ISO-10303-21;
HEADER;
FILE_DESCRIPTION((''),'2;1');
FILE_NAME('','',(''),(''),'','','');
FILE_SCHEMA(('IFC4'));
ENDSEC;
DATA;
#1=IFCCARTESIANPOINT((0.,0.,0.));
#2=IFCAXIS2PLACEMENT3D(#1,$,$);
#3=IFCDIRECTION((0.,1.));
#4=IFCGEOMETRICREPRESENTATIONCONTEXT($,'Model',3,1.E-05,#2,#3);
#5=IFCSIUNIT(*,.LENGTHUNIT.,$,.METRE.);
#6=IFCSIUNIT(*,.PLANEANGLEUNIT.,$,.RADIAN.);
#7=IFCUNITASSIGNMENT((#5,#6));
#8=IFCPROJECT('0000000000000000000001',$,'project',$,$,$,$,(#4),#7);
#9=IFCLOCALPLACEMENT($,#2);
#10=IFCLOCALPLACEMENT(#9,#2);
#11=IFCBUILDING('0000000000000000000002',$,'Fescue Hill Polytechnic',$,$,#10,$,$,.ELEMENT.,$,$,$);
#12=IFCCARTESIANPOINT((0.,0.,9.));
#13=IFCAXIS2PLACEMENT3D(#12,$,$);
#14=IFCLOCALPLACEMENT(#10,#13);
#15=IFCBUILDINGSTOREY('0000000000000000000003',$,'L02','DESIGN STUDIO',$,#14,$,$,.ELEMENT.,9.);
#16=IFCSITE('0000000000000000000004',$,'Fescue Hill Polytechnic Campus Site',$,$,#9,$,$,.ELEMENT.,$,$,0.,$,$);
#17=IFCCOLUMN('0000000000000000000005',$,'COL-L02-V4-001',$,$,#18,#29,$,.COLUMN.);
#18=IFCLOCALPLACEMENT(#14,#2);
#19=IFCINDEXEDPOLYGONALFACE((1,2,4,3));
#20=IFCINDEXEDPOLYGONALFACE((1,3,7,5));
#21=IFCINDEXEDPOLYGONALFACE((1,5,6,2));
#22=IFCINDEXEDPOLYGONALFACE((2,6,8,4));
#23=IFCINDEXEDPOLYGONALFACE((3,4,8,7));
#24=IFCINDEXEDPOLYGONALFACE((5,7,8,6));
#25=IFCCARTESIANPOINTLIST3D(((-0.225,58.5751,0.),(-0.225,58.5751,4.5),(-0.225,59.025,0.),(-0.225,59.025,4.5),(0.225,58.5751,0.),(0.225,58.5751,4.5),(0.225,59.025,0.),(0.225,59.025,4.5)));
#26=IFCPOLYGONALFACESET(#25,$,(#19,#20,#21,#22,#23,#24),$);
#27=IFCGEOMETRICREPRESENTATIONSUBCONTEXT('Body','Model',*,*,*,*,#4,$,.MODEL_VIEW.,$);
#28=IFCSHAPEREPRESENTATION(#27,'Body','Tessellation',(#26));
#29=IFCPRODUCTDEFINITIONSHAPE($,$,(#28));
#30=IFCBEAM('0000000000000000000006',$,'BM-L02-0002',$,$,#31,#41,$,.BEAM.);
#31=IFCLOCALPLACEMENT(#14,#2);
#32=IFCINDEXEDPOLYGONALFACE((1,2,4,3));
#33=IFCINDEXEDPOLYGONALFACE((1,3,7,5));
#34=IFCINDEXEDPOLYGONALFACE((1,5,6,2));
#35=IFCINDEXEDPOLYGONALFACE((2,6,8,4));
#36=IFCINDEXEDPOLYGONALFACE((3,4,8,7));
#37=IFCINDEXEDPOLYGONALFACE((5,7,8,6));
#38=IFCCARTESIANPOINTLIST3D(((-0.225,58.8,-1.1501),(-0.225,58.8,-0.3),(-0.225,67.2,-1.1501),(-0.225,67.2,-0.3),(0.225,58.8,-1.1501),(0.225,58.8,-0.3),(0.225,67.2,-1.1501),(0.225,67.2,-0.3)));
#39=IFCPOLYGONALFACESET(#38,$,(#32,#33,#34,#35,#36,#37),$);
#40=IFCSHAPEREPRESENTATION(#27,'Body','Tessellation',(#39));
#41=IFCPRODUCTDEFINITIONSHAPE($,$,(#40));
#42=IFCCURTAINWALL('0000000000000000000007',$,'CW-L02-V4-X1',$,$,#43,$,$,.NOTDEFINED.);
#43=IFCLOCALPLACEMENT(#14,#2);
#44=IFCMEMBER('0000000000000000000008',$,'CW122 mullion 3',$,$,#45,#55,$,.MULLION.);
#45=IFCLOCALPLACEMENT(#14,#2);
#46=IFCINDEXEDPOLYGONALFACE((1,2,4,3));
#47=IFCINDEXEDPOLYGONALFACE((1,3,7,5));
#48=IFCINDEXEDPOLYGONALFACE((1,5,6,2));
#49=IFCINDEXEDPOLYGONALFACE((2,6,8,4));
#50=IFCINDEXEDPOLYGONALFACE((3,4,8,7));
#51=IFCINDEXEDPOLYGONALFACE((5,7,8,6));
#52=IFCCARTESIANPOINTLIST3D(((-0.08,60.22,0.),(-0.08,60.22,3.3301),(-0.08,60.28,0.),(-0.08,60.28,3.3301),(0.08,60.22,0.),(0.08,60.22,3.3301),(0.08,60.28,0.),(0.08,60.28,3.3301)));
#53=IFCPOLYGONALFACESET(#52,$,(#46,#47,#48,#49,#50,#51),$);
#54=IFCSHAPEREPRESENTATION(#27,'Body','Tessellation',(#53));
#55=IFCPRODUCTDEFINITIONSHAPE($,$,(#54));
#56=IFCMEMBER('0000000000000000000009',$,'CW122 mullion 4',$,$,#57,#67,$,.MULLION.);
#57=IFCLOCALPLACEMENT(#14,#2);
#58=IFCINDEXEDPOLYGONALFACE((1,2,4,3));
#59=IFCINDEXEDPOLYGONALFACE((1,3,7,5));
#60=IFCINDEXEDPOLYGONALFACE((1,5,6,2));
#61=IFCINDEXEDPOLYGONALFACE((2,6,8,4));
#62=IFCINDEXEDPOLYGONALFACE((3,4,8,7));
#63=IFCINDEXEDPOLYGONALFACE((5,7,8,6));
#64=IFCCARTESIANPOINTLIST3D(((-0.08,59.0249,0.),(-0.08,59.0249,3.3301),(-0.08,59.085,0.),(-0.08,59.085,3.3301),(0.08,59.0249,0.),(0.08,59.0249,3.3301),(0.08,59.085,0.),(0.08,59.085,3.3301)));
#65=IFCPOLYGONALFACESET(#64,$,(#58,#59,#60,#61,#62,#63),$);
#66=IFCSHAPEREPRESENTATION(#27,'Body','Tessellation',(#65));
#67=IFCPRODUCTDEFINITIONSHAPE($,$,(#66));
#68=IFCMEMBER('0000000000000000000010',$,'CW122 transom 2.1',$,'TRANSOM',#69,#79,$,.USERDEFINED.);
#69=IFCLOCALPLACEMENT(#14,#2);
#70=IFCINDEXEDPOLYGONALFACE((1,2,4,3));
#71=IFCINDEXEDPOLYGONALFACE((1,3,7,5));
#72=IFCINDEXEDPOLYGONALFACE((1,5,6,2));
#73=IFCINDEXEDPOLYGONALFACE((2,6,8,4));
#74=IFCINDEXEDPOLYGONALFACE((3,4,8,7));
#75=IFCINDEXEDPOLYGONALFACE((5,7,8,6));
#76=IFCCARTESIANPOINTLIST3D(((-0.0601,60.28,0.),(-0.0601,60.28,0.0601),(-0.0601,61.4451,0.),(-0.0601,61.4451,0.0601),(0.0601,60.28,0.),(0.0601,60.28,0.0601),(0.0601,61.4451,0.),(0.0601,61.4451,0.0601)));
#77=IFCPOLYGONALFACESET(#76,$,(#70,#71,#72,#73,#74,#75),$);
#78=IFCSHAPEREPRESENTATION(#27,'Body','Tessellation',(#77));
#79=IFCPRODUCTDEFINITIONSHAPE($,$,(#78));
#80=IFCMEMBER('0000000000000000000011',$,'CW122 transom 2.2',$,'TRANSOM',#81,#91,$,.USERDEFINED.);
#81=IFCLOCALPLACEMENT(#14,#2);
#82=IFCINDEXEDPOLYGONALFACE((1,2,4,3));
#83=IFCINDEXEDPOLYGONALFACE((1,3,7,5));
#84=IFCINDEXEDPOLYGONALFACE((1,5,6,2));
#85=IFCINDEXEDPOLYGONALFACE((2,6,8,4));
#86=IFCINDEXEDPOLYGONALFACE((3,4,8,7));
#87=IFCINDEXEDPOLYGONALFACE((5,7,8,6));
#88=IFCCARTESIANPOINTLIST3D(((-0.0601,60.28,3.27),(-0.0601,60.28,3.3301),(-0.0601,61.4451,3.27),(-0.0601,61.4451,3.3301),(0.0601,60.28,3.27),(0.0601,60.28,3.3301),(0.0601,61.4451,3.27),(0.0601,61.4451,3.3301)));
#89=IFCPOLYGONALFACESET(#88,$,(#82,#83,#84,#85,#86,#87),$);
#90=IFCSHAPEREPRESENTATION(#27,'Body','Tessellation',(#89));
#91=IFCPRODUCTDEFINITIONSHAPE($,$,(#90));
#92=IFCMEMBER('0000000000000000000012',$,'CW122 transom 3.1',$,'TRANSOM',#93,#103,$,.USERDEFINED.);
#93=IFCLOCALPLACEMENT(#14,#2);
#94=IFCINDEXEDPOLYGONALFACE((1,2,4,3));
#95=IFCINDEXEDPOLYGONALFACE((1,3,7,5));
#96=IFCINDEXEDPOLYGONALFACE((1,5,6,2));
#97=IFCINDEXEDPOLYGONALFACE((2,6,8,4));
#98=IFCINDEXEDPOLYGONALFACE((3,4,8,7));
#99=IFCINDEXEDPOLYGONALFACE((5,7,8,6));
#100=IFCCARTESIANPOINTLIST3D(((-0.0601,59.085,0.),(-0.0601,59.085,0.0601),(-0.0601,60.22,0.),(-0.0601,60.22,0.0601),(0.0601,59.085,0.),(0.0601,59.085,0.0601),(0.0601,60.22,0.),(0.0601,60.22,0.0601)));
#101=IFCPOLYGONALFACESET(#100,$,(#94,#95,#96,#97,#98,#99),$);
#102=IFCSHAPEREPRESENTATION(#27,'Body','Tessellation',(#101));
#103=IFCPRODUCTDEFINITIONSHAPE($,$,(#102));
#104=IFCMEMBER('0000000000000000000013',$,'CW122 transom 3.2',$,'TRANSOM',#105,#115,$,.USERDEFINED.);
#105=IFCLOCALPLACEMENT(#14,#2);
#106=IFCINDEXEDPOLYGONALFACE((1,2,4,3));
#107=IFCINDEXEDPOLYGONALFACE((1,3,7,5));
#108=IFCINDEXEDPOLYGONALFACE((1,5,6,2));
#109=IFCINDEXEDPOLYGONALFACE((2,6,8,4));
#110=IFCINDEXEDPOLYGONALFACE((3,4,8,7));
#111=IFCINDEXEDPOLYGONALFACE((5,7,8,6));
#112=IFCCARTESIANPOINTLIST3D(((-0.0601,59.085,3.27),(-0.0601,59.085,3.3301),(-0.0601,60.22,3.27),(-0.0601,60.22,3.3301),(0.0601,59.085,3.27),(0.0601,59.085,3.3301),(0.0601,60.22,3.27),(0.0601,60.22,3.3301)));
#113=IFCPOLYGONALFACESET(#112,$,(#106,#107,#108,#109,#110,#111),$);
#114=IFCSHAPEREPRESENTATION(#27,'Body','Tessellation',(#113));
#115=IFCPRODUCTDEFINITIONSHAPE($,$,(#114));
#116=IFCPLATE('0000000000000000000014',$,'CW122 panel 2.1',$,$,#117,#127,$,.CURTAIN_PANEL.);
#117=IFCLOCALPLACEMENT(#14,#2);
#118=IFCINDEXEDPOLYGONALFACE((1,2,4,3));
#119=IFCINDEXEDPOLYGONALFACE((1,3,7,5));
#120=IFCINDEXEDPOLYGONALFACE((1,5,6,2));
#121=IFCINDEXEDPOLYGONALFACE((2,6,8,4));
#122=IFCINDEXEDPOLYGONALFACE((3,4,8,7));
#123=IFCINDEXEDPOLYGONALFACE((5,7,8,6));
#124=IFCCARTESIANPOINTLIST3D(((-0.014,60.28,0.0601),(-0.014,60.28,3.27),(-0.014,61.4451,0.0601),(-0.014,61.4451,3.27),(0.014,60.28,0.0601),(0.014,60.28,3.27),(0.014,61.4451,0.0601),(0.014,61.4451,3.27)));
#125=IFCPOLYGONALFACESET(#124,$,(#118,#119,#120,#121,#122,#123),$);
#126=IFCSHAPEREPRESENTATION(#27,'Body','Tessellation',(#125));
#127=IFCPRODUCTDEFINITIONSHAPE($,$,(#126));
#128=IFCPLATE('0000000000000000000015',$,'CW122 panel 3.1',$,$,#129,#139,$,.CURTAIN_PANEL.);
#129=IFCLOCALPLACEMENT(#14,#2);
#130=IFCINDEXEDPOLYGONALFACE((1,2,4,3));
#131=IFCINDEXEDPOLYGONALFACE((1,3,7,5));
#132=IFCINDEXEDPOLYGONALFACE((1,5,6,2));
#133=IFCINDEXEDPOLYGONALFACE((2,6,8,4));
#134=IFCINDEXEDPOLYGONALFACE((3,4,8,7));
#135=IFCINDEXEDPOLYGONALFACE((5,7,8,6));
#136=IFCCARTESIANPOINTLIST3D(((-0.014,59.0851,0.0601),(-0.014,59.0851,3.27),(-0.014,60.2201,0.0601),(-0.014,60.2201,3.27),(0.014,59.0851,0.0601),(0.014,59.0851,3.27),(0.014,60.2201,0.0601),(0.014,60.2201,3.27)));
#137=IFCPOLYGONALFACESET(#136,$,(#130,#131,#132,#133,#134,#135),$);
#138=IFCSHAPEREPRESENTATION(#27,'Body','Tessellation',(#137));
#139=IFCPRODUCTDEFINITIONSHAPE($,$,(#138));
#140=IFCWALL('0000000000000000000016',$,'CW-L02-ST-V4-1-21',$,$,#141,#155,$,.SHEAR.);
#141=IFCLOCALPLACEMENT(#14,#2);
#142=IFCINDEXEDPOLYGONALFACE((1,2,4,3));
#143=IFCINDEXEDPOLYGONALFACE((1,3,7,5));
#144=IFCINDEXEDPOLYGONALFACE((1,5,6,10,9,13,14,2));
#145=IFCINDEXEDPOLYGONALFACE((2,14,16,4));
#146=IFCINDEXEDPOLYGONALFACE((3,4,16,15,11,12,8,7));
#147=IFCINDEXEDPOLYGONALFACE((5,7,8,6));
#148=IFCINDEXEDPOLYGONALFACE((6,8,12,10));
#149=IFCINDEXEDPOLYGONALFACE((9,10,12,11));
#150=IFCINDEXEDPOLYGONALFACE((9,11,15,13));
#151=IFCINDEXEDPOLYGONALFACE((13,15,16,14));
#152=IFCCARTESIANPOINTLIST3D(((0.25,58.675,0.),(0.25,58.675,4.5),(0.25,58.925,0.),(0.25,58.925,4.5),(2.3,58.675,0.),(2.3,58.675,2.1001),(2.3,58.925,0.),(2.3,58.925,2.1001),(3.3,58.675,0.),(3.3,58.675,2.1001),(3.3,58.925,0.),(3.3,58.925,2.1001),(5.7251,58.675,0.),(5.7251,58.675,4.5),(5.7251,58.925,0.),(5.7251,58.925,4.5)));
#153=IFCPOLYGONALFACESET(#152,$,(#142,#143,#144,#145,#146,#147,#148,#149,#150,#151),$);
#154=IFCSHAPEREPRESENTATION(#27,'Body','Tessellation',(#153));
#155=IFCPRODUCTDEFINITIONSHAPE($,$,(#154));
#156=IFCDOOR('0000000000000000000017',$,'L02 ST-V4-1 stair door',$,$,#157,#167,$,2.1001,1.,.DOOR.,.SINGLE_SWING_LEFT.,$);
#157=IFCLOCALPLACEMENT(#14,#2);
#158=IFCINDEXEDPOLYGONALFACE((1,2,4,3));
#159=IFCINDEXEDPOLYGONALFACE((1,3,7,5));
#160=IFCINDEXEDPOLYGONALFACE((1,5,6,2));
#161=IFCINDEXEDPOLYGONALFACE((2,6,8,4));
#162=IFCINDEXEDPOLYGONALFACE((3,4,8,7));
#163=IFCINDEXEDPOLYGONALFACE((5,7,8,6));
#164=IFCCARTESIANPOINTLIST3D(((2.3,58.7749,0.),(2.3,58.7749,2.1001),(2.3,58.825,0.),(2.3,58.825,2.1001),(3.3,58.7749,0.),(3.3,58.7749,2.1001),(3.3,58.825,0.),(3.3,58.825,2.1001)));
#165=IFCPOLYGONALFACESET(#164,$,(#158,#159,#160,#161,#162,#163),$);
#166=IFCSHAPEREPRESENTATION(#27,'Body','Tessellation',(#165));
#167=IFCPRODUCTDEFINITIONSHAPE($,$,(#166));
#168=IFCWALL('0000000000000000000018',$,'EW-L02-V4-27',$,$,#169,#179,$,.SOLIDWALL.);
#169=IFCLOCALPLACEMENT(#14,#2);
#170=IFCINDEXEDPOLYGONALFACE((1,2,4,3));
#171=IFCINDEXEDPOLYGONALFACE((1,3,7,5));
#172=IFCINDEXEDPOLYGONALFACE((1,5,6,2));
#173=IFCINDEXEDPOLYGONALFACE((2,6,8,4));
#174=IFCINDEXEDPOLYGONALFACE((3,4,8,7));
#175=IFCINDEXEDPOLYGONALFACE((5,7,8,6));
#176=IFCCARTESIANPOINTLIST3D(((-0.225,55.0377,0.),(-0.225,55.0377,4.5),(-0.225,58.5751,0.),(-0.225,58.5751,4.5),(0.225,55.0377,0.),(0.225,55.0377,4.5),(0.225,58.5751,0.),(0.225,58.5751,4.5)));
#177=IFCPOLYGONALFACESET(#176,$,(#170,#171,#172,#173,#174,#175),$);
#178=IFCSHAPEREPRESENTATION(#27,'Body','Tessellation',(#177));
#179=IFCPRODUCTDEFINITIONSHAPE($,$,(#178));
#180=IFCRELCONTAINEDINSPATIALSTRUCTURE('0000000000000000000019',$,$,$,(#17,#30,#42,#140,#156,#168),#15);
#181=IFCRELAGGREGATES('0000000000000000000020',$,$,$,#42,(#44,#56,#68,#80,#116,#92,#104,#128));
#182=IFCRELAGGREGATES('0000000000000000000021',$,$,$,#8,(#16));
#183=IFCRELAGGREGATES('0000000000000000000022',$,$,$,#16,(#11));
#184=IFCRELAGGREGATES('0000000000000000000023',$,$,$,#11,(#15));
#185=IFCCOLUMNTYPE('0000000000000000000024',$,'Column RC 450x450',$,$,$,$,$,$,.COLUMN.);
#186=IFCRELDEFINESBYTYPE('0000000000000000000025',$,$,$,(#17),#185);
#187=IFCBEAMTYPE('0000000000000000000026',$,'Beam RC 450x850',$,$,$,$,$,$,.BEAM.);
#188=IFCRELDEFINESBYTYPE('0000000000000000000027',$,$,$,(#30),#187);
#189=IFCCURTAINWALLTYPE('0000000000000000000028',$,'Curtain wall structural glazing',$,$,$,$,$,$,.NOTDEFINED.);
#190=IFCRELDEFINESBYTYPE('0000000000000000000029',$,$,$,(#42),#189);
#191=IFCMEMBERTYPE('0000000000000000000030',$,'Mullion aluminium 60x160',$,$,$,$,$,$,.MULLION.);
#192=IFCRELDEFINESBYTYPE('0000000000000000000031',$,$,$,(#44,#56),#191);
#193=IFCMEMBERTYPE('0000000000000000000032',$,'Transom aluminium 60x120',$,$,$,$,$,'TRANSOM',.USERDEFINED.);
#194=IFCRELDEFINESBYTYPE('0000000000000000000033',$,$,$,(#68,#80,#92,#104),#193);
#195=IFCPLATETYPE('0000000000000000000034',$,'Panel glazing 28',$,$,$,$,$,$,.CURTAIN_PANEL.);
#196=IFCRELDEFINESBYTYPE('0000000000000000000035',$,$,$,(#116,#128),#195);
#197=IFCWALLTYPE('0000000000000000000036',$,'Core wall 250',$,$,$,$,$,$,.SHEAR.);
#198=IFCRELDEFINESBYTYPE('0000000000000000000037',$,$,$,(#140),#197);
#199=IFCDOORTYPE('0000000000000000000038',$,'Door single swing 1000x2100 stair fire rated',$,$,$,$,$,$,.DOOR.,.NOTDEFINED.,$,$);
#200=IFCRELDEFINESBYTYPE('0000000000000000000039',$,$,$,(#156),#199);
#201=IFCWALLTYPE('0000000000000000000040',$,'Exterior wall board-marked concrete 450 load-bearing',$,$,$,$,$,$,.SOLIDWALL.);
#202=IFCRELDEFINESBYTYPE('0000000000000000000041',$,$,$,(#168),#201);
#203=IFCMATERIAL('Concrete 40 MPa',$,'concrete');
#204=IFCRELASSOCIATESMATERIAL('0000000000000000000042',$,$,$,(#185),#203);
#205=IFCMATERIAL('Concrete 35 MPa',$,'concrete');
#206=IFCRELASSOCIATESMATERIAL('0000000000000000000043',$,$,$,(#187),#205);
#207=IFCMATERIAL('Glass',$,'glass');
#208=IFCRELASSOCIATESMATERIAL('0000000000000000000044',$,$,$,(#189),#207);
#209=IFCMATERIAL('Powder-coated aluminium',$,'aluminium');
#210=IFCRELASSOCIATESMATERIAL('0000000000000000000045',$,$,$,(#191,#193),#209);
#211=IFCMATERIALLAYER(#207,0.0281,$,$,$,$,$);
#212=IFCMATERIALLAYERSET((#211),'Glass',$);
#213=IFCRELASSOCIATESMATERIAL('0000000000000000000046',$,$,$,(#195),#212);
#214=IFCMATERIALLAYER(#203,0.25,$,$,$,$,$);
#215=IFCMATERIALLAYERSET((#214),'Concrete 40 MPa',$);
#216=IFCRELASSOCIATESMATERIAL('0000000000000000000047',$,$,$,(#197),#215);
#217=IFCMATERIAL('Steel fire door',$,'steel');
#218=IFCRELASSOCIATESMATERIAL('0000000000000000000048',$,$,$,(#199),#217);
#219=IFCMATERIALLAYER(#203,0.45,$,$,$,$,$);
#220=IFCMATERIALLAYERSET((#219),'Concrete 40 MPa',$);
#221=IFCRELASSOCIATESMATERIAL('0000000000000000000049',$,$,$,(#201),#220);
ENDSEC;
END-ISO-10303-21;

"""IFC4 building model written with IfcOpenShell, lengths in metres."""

from ifc_helpers import new_model, si_unit, direction, frame, frame_2d, origin, origin_2d, place, context, subcontext, project, spatial, rectangle, extrude, material, layer, layer_set, material_profile, profile_set, type_object, element, fill, aggregate, save


model = new_model("IFC4")

# Units and contexts
model_context = context("Model", 3, precision=1e-05, world=origin(), true_north=direction((0.0, 1.0)))
body_context = subcontext(model_context, "Body", "Model", "MODEL_VIEW")
ifc_project = project(units=[si_unit("LENGTHUNIT", "METRE"), si_unit("PLANEANGLEUNIT", "RADIAN")], contexts=[model_context])

# Site, building, storey
site_placement = place(None, origin())
site = spatial("IfcSite", under=ifc_project, at=site_placement, Name="Fescue Hill Polytechnic Campus Site", CompositionType="ELEMENT", RefElevation=0.0)
building_placement = place(site_placement, origin())
building = spatial("IfcBuilding", under=site, at=building_placement, Name="Fescue Hill Polytechnic", CompositionType="ELEMENT")
storey_placement = place(building_placement, frame((0.0, 0.0, 9.0)))
storey = spatial("IfcBuildingStorey", under=building, at=storey_placement, Name="L02", Description="DESIGN STUDIO", CompositionType="ELEMENT", Elevation=9.0)

# Column
ifc_material_1 = material(Name="Concrete 40 MPa", Category="concrete")
ifc_material_profile_1 = material_profile(ifc_material_1, rectangle(XDim=0.45, YDim=0.45, at=origin_2d()), Name="RC 450x450")
ifc_profile_set_1 = profile_set([ifc_material_profile_1], Name="Concrete 40 MPa")
column_type = type_object("IfcColumnType", Name="Column RC 450x450", PredefinedType="COLUMN", material=ifc_profile_set_1)
column_placement = place(storey_placement, frame((0.0, 58.8, 0.0), z_axis=(0.0, 0.0, 1.0), x_axis=(1.0, 0.0, 0.0)))
element("IfcColumn", 1, at=column_placement, inside=storey, type_object=column_type, Name="COL-L02-V4-001", PredefinedType="COLUMN", context=body_context, shape_type="SweptSolid", body=[
    extrude(rectangle(XDim=0.45, YDim=0.45, at=origin_2d()), origin(), (0.0, 0.0, 1.0), 4.5),
])

# Beam
ifc_material_2 = material(Name="Concrete 35 MPa", Category="concrete")
ifc_material_profile_2 = material_profile(ifc_material_2, rectangle(XDim=0.45, YDim=0.8501, at=origin_2d()), Name="RC 450x850")
ifc_profile_set_2 = profile_set([ifc_material_profile_2], Name="Concrete 35 MPa")
beam_type = type_object("IfcBeamType", Name="Beam RC 450x850", PredefinedType="BEAM", material=ifc_profile_set_2)
beam_placement = place(storey_placement, frame((0.0, 58.8, -0.7251), z_axis=(0.0, 1.0, 0.0), x_axis=(-1.0, 0.0, 0.0)))
element("IfcBeam", 2, at=beam_placement, inside=storey, type_object=beam_type, Name="BM-L02-0002", PredefinedType="BEAM", context=body_context, shape_type="SweptSolid", body=[
    extrude(rectangle(XDim=0.45, YDim=0.8501, at=origin_2d()), origin(), (0.0, 0.0, 1.0), 8.3999),
])

# Curtain wall, members, plates
ifc_material_3 = material(Name="Glass", Category="glass")
curtain_wall_type = type_object("IfcCurtainWallType", Name="Curtain wall structural glazing", PredefinedType="NOTDEFINED", material=ifc_material_3)
curtain_wall_placement = place(storey_placement, origin())
curtain_wall = element("IfcCurtainWall", 3, at=curtain_wall_placement, inside=storey, type_object=curtain_wall_type, Name="CW-L02-V4-X1", PredefinedType="NOTDEFINED")
ifc_material_4 = material(Name="Powder-coated aluminium", Category="aluminium")
ifc_material_profile_3 = material_profile(ifc_material_4, rectangle(XDim=0.1599, YDim=0.0601, at=origin_2d()), Name="Mullion aluminium 60x160")
ifc_profile_set_3 = profile_set([ifc_material_profile_3], Name="Powder-coated aluminium")
member_type_1 = type_object("IfcMemberType", Name="Mullion aluminium 60x160", PredefinedType="MULLION", material=ifc_profile_set_3)
member_1_placement = place(storey_placement, frame((0.0, 60.25, 0.0), z_axis=(0.0, 0.0, 1.0), x_axis=(1.0, 0.0, 0.0)))
member_1 = element("IfcMember", 4, at=member_1_placement, type_object=member_type_1, Name="CW122 mullion 3", PredefinedType="MULLION", context=body_context, shape_type="SweptSolid", body=[
    extrude(rectangle(XDim=0.1599, YDim=0.0601, at=origin_2d()), origin(), (0.0, 0.0, 1.0), 3.3301),
])
member_2_placement = place(storey_placement, frame((0.0, 59.0549, 0.0), z_axis=(0.0, 0.0, 1.0), x_axis=(1.0, 0.0, 0.0)))
member_2 = element("IfcMember", 5, at=member_2_placement, type_object=member_type_1, Name="CW122 mullion 4", PredefinedType="MULLION", context=body_context, shape_type="SweptSolid", body=[
    extrude(rectangle(XDim=0.1599, YDim=0.0601, at=origin_2d()), origin(), (0.0, 0.0, 1.0), 3.3301),
])
ifc_material_profile_4 = material_profile(ifc_material_4, rectangle(XDim=0.1201, YDim=0.0601, at=origin_2d()), Name="Transom aluminium 60x120")
ifc_profile_set_4 = profile_set([ifc_material_profile_4], Name="Powder-coated aluminium")
member_type_2 = type_object("IfcMemberType", Name="Transom aluminium 60x120", ElementType="TRANSOM", PredefinedType="USERDEFINED", material=ifc_profile_set_4)
member_3_placement = place(storey_placement, frame((0.0, 61.4451, 0.03), z_axis=(0.0, -1.0, 0.0), x_axis=(1.0, 0.0, 0.0)))
member_3 = element("IfcMember", 6, at=member_3_placement, type_object=member_type_2, Name="CW122 transom 2.1", ObjectType="TRANSOM", PredefinedType="USERDEFINED", context=body_context, shape_type="SweptSolid", body=[
    extrude(rectangle(XDim=0.1201, YDim=0.0601, at=origin_2d()), origin(), (0.0, 0.0, 1.0), 1.165),
])
member_4_placement = place(storey_placement, frame((0.0, 61.4451, 3.3), z_axis=(0.0, -1.0, 0.0), x_axis=(1.0, 0.0, 0.0)))
member_4 = element("IfcMember", 7, at=member_4_placement, type_object=member_type_2, Name="CW122 transom 2.2", ObjectType="TRANSOM", PredefinedType="USERDEFINED", context=body_context, shape_type="SweptSolid", body=[
    extrude(rectangle(XDim=0.1201, YDim=0.0601, at=origin_2d()), origin(), (0.0, 0.0, 1.0), 1.165),
])
member_5_placement = place(storey_placement, frame((0.0, 60.22, 0.03), z_axis=(0.0, -1.0, 0.0), x_axis=(1.0, 0.0, 0.0)))
member_5 = element("IfcMember", 8, at=member_5_placement, type_object=member_type_2, Name="CW122 transom 3.1", ObjectType="TRANSOM", PredefinedType="USERDEFINED", context=body_context, shape_type="SweptSolid", body=[
    extrude(rectangle(XDim=0.1201, YDim=0.0601, at=origin_2d()), origin(), (0.0, 0.0, 1.0), 1.135),
])
member_6_placement = place(storey_placement, frame((0.0, 60.22, 3.3), z_axis=(0.0, -1.0, 0.0), x_axis=(1.0, 0.0, 0.0)))
member_6 = element("IfcMember", 9, at=member_6_placement, type_object=member_type_2, Name="CW122 transom 3.2", ObjectType="TRANSOM", PredefinedType="USERDEFINED", context=body_context, shape_type="SweptSolid", body=[
    extrude(rectangle(XDim=0.1201, YDim=0.0601, at=origin_2d()), origin(), (0.0, 0.0, 1.0), 1.135),
])
ifc_layer_1 = layer(ifc_material_3, 0.0281)
ifc_layer_set_1 = layer_set([ifc_layer_1], Name="Glass")
plate_type = type_object("IfcPlateType", Name="Panel glazing 28", PredefinedType="CURTAIN_PANEL", material=ifc_layer_set_1)
plate_1_placement = place(storey_placement, frame((0.0, 60.8625, 0.0601), z_axis=(0.0, 0.0, 1.0), x_axis=(0.0, -1.0, 0.0)))
plate_1 = element("IfcPlate", 10, at=plate_1_placement, type_object=plate_type, Name="CW122 panel 2.1", PredefinedType="CURTAIN_PANEL", context=body_context, shape_type="SweptSolid", body=[
    extrude(rectangle(XDim=1.165, YDim=0.0281, at=origin_2d()), origin(), (0.0, 0.0, 1.0), 3.21),
])
plate_2_placement = place(storey_placement, frame((0.0, 59.6526, 0.0601), z_axis=(0.0, 0.0, 1.0), x_axis=(0.0, -1.0, 0.0)))
plate_2 = element("IfcPlate", 11, at=plate_2_placement, type_object=plate_type, Name="CW122 panel 3.1", PredefinedType="CURTAIN_PANEL", context=body_context, shape_type="SweptSolid", body=[
    extrude(rectangle(XDim=1.135, YDim=0.0281, at=origin_2d()), origin(), (0.0, 0.0, 1.0), 3.21),
])
aggregate(curtain_wall, [member_1, member_2, member_3, member_4, plate_1, member_5, member_6, plate_2])

# Wall, opening, door
ifc_layer_2 = layer(ifc_material_1, 0.25)
ifc_layer_set_2 = layer_set([ifc_layer_2], Name="Concrete 40 MPa")
wall_type_1 = type_object("IfcWallType", Name="Core wall 250", PredefinedType="SHEAR", material=ifc_layer_set_2)
wall_1_placement = place(storey_placement, frame((0.25, 58.8, 0.0), z_axis=(0.0, 0.0, 1.0), x_axis=(1.0, 0.0, 0.0)))
wall_1 = element("IfcWall", 12, at=wall_1_placement, inside=storey, type_object=wall_type_1, Name="CW-L02-ST-V4-1-21", PredefinedType="SHEAR", context=body_context, shape_type="SweptSolid", body=[
    extrude(rectangle(XDim=5.4751, YDim=0.25, at=frame_2d((2.7375, 0.0))), origin(), (0.0, 0.0, 1.0), 4.5),
])
opening_placement = place(wall_1_placement, frame((2.05, 0.0, 0.0)))
opening = element("IfcOpeningElement", 13, at=opening_placement, cuts=wall_1, PredefinedType="OPENING", context=body_context, shape_type="SweptSolid", body=[
    extrude(rectangle(XDim=1.0, YDim=2.1001, at=frame_2d((0.5, 1.05))), frame((0.0, 0.135, 0.0), z_axis=(0.0, -1.0, 0.0), x_axis=(1.0, 0.0, 0.0)), (0.0, 0.0, 1.0), 0.27),
])
ifc_material_5 = material(Name="Steel fire door", Category="steel")
door_type = type_object("IfcDoorType", Name="Door single swing 1000x2100 stair fire rated", OperationType="NOTDEFINED", PredefinedType="DOOR", material=ifc_material_5)
door_placement = place(opening_placement, origin())
door = element("IfcDoor", 14, at=door_placement, inside=storey, type_object=door_type, Name="L02 ST-V4-1 stair door", OperationType="SINGLE_SWING_LEFT", OverallHeight=2.1001, OverallWidth=1.0, PredefinedType="DOOR", context=body_context, shape_type="SweptSolid", body=[
    extrude(rectangle(XDim=1.0, YDim=2.1001, at=frame_2d((0.5, 1.05))), frame((0.0, 0.0249, 0.0), z_axis=(0.0, -1.0, 0.0), x_axis=(1.0, 0.0, 0.0)), (0.0, 0.0, 1.0), 0.05),
])
fill(opening, door)

# Wall
ifc_layer_3 = layer(ifc_material_1, 0.45)
ifc_layer_set_3 = layer_set([ifc_layer_3], Name="Concrete 40 MPa")
wall_type_2 = type_object("IfcWallType", Name="Exterior wall board-marked concrete 450 load-bearing", PredefinedType="SOLIDWALL", material=ifc_layer_set_3)
wall_2_placement = place(storey_placement, frame((0.0, 58.575, 0.0), z_axis=(0.0, 0.0, 1.0), x_axis=(0.0, -1.0, 0.0)))
element("IfcWall", 15, at=wall_2_placement, inside=storey, type_object=wall_type_2, Name="EW-L02-V4-27", PredefinedType="SOLIDWALL", context=body_context, shape_type="SweptSolid", body=[
    extrude(rectangle(XDim=3.5374, YDim=0.45, at=frame_2d((1.7686, 0.0))), origin(), (0.0, 0.0, 1.0), 4.5),
])

save(model, "model.ifc")
